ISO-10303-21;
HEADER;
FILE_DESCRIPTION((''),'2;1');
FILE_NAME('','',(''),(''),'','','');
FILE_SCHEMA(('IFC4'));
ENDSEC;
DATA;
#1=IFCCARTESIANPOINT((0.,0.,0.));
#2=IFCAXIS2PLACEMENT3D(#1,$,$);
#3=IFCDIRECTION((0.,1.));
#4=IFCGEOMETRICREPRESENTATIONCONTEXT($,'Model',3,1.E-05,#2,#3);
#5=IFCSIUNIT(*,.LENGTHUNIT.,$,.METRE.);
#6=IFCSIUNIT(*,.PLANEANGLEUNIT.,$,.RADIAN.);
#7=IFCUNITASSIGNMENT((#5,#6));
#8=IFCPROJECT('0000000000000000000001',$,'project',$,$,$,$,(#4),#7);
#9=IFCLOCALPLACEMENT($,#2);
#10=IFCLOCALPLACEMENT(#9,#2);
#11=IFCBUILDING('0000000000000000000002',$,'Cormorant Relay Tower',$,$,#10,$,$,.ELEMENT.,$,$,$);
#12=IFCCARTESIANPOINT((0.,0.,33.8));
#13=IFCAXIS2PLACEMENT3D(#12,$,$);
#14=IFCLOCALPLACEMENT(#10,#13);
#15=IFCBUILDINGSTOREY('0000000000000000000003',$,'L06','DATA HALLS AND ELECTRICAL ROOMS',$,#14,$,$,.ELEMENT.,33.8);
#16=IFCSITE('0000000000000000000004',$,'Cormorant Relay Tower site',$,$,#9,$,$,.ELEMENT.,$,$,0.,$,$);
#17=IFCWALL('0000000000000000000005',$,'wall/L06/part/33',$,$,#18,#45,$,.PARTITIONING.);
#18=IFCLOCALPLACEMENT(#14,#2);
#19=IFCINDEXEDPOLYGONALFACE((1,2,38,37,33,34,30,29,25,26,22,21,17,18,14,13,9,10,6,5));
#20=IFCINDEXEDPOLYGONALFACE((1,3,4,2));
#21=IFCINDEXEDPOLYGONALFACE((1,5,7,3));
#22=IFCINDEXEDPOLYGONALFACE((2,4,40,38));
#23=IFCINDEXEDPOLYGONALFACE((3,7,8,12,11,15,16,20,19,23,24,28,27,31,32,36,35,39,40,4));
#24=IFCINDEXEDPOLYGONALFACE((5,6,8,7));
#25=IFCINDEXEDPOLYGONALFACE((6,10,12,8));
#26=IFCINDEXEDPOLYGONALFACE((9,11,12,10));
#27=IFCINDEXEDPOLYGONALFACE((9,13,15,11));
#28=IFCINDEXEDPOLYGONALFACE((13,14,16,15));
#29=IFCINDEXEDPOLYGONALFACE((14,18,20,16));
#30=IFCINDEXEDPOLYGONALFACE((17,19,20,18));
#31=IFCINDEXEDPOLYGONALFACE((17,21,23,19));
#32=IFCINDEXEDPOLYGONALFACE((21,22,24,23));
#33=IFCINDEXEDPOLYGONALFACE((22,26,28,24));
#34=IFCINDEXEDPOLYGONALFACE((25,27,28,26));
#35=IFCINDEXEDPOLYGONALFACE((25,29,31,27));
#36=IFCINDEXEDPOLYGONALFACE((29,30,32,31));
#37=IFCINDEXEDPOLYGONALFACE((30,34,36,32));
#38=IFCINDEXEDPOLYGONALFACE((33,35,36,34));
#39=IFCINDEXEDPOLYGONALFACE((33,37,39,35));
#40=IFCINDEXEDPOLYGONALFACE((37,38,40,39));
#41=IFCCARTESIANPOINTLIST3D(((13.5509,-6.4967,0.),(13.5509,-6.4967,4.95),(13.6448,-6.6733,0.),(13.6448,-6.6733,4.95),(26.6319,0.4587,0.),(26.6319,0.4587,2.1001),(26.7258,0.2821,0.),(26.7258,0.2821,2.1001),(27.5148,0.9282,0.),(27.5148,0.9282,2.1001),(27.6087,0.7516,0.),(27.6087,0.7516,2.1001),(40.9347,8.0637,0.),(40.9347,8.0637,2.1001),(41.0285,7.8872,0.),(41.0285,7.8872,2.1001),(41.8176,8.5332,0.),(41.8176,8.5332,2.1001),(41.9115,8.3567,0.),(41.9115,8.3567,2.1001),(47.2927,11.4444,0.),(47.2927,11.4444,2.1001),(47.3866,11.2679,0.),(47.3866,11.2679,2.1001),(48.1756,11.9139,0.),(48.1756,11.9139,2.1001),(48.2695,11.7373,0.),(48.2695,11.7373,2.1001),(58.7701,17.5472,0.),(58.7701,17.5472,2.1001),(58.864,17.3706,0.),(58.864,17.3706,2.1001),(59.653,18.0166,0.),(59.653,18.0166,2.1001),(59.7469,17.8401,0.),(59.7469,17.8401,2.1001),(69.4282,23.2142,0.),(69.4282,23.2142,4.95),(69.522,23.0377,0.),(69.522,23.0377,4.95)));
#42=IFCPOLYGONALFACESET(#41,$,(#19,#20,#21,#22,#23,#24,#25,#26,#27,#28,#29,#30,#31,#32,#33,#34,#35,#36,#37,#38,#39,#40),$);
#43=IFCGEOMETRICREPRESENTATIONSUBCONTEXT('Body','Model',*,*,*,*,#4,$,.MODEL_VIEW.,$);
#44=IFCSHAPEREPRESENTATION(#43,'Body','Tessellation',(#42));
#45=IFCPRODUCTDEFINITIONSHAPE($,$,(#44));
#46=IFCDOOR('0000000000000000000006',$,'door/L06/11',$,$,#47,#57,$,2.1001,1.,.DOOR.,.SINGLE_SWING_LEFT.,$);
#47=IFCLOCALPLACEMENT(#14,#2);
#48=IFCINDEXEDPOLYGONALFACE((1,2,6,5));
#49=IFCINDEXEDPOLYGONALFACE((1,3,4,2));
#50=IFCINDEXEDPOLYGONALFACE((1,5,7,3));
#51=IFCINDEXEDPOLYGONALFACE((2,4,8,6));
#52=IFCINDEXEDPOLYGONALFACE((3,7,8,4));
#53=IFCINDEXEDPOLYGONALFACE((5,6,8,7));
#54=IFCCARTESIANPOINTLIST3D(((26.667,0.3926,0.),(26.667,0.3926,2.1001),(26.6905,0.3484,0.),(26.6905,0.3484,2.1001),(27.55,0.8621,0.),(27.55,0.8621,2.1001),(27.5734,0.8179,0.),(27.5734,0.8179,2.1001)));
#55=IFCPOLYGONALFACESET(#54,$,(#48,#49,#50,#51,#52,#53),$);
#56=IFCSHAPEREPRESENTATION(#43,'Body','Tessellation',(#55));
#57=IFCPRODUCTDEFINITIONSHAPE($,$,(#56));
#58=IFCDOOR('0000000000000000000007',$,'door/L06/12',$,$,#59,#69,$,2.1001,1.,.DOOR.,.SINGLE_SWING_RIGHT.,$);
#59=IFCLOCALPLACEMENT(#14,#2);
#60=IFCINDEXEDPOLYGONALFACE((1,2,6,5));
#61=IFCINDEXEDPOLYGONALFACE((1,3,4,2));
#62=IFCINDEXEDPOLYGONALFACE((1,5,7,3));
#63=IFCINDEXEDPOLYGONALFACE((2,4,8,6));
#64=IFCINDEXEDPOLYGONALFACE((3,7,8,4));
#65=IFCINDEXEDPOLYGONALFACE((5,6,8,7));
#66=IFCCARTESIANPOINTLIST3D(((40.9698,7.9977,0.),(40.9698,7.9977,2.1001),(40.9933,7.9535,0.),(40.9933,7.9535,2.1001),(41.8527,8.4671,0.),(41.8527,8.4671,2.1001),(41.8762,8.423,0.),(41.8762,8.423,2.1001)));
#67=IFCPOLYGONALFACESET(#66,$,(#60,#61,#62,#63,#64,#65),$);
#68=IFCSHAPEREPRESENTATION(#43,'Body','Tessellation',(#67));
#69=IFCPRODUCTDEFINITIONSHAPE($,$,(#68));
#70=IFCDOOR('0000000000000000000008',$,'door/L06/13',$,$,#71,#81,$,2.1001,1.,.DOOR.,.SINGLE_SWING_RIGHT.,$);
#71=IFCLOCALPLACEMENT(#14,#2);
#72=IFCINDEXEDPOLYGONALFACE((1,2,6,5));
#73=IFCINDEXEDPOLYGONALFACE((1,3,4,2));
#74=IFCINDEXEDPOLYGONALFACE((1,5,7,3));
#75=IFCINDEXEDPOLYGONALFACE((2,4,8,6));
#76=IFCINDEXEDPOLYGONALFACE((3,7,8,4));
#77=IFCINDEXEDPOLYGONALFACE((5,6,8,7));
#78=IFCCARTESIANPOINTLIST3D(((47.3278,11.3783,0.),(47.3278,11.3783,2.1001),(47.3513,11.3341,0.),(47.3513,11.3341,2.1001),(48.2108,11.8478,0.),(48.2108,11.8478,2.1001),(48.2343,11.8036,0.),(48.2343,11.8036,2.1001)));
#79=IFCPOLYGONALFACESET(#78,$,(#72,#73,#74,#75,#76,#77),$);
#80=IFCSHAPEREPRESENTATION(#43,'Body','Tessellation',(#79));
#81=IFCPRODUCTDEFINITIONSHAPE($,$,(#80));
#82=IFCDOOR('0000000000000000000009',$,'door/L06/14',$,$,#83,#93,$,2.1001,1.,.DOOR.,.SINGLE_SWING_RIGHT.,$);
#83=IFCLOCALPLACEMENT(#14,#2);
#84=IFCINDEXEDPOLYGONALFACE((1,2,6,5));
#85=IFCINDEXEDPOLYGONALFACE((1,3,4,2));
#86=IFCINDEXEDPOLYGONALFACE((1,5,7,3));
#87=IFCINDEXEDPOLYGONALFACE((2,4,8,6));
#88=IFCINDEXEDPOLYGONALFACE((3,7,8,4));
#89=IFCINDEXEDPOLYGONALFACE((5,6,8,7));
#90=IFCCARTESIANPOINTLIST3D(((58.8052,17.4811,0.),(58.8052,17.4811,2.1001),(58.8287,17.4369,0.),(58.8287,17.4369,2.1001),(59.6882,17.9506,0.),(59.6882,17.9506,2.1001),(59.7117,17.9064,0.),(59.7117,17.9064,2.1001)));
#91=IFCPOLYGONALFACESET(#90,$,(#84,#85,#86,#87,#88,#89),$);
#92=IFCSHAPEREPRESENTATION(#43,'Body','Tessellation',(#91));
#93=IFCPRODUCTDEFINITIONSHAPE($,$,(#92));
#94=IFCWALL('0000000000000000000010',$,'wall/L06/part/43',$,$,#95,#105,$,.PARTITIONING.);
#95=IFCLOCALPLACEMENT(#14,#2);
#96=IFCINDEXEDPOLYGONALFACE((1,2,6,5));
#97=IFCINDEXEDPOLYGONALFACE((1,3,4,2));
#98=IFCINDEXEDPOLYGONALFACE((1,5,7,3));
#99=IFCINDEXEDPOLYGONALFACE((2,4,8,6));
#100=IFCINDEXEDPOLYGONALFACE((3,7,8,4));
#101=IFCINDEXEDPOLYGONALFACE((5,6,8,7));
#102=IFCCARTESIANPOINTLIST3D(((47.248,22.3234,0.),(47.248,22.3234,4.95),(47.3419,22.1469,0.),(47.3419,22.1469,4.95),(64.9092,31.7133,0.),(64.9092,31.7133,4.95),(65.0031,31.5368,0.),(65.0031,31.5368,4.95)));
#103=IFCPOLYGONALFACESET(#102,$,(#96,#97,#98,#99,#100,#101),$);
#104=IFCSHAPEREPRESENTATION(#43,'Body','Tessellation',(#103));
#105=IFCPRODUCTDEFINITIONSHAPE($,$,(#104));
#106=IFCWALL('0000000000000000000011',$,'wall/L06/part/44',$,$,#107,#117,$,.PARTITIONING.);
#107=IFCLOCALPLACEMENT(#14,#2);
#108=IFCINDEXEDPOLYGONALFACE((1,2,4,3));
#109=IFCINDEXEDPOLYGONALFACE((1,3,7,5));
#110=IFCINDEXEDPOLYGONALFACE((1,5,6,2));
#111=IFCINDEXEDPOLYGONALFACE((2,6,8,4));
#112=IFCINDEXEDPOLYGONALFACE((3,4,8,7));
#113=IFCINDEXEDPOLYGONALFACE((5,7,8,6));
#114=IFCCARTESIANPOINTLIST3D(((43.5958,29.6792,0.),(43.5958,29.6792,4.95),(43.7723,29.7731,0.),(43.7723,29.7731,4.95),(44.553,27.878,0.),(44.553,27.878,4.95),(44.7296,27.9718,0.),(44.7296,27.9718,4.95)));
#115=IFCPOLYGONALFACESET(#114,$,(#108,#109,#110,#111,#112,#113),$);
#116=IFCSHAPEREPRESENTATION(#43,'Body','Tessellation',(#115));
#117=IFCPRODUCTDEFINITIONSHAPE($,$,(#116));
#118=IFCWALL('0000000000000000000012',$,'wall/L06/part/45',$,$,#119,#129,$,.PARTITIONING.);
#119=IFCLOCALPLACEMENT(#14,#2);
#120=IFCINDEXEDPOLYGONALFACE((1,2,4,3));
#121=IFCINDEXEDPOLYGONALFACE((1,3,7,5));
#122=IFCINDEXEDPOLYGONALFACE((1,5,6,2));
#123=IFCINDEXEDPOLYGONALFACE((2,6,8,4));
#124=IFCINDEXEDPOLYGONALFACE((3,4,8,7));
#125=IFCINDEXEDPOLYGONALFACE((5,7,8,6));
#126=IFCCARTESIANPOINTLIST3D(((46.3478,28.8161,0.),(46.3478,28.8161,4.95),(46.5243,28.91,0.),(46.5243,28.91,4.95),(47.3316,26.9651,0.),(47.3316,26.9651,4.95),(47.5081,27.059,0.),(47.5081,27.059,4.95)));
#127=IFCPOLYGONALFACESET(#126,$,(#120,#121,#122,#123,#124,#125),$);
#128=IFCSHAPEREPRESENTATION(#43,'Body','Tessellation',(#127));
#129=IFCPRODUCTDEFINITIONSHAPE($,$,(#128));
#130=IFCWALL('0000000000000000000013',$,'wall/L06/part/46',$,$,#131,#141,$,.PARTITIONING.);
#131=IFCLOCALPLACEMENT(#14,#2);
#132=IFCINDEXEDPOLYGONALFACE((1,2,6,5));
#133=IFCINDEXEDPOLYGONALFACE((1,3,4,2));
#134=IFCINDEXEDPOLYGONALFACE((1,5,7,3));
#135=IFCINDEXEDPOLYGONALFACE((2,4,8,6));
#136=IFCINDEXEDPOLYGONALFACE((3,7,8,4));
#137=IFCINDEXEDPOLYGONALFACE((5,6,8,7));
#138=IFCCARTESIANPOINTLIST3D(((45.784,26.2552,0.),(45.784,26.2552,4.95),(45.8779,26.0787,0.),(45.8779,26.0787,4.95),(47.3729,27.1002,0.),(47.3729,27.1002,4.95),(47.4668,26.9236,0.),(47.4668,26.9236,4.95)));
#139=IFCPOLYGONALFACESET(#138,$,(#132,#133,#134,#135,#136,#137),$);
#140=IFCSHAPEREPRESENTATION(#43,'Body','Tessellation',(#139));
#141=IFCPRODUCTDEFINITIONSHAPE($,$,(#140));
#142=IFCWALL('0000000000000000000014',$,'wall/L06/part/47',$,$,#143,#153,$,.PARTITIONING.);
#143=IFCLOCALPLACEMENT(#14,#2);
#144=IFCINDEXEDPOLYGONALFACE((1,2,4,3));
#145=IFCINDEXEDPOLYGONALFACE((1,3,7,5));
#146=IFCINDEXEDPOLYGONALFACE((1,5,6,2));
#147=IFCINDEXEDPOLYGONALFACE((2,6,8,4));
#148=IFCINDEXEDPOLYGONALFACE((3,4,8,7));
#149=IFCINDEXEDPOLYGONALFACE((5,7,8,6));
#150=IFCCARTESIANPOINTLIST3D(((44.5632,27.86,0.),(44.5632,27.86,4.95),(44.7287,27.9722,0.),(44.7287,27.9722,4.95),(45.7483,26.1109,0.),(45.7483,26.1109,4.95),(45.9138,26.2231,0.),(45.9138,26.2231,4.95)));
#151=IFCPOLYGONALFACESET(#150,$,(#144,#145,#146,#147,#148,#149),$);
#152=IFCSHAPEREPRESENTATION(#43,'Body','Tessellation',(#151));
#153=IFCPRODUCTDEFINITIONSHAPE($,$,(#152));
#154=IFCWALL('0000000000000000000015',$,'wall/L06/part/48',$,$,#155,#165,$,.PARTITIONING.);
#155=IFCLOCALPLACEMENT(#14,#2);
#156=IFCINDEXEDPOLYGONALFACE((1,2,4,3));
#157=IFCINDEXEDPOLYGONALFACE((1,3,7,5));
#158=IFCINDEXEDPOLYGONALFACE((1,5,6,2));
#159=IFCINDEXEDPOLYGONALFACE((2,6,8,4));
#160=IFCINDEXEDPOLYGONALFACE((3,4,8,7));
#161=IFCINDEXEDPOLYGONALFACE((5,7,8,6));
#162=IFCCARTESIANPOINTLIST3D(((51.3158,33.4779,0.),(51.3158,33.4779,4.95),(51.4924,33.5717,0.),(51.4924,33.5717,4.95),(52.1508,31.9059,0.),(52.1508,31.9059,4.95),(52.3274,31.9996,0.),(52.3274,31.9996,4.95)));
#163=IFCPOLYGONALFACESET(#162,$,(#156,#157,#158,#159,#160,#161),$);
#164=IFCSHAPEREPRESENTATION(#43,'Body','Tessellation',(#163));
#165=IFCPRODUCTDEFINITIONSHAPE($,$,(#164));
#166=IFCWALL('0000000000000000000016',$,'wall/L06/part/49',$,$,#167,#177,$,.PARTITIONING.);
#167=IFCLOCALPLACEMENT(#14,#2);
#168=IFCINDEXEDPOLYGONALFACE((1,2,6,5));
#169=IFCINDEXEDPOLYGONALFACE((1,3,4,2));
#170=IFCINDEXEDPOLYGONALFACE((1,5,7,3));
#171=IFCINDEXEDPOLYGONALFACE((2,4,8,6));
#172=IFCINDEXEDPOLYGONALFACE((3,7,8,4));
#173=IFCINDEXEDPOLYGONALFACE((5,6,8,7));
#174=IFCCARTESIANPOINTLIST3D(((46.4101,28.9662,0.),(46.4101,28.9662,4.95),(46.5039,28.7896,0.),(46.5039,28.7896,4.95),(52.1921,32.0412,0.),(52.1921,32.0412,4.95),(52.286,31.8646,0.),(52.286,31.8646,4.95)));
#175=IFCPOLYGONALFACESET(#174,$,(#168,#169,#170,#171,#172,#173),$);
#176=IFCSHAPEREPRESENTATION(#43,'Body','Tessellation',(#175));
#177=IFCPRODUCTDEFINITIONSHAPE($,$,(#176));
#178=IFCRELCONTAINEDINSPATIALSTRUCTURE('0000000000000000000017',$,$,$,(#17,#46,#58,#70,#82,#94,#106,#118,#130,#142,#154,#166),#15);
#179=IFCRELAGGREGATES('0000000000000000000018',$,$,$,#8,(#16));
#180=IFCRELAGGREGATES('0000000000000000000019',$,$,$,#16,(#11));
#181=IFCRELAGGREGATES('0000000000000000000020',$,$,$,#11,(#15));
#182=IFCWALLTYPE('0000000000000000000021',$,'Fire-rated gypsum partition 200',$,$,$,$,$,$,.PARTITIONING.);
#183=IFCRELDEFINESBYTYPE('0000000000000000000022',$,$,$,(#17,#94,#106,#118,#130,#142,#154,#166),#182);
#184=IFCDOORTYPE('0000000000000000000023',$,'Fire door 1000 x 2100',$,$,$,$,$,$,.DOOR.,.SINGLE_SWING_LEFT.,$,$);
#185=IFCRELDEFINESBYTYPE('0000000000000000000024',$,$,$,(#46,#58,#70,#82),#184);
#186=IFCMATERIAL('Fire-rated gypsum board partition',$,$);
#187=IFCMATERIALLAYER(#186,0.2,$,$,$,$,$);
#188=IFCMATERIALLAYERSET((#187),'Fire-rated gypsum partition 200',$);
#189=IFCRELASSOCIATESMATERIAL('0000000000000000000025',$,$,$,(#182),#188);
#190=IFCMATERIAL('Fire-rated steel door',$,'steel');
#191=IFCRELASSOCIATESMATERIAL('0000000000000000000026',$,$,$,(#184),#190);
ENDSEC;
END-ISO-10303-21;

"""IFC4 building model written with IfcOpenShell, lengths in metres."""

from ifc_helpers import new_model, si_unit, direction, frame, frame_2d, origin, place, context, subcontext, project, spatial, rectangle, extrude, material, layer, layer_set, type_object, element, fill, save


model = new_model("IFC4")

# Units and contexts
model_context = context("Model", 3, precision=1e-05, world=origin(), true_north=direction((0.0, 1.0)))
body_context = subcontext(model_context, "Body", "Model", "MODEL_VIEW")
ifc_project = project(units=[si_unit("LENGTHUNIT", "METRE"), si_unit("PLANEANGLEUNIT", "RADIAN")], contexts=[model_context])

# Site, building, storey
site_placement = place(None, origin())
site = spatial("IfcSite", under=ifc_project, at=site_placement, Name="Cormorant Relay Tower site", CompositionType="ELEMENT", RefElevation=0.0)
building_placement = place(site_placement, origin())
building = spatial("IfcBuilding", under=site, at=building_placement, Name="Cormorant Relay Tower", CompositionType="ELEMENT")
storey_placement = place(building_placement, frame((0.0, 0.0, 33.8)))
storey = spatial("IfcBuildingStorey", under=building, at=storey_placement, Name="L06", Description="DATA HALLS AND ELECTRICAL ROOMS", CompositionType="ELEMENT", Elevation=33.8)

# Wall, openings, doors
ifc_material_1 = material(Name="Fire-rated gypsum board partition")
ifc_layer_1 = layer(ifc_material_1, 0.2)
ifc_layer_set_1 = layer_set([ifc_layer_1], Name="Fire-rated gypsum partition 200")
wall_type_1 = type_object("IfcWallType", Name="Fire-rated gypsum partition 200", PredefinedType="PARTITIONING", material=ifc_layer_set_1)
wall_1_placement = place(storey_placement, frame((69.4751, 23.126, 0.0), z_axis=(0.0, 0.0, 1.0), x_axis=(-0.882944, -0.469478, 0.0)))
wall_1 = element("IfcWall", 1, at=wall_1_placement, inside=storey, type_object=wall_type_1, Name="wall/L06/part/33", PredefinedType="PARTITIONING", context=body_context, shape_type="SweptSolid", body=[
    extrude(rectangle(XDim=63.2852, YDim=0.2, at=frame_2d((31.6426, 0.0))), origin(), (0.0, 0.0, 1.0), 4.95),
])
opening_1_placement = place(wall_1_placement, frame((47.47, 0.0, 0.0)))
opening_1 = element("IfcOpeningElement", 2, at=opening_1_placement, cuts=wall_1, PredefinedType="OPENING", context=body_context, shape_type="SweptSolid", body=[
    extrude(rectangle(XDim=1.0, YDim=2.1001, at=frame_2d((0.5, 1.05))), frame((0.0, 0.1099, 0.0), z_axis=(0.0, -1.0, 0.0), x_axis=(1.0, 0.0, 0.0)), (0.0, 0.0, 1.0), 0.22),
])
opening_2_placement = place(wall_1_placement, frame((31.271, 0.0, 0.0)))
opening_2 = element("IfcOpeningElement", 3, at=opening_2_placement, cuts=wall_1, PredefinedType="OPENING", context=body_context, shape_type="SweptSolid", body=[
    extrude(rectangle(XDim=1.0, YDim=2.1001, at=frame_2d((0.5, 1.05))), frame((0.0, 0.1099, 0.0), z_axis=(0.0, -1.0, 0.0), x_axis=(1.0, 0.0, 0.0)), (0.0, 0.0, 1.0), 0.22),
])
opening_3_placement = place(wall_1_placement, frame((24.0701, 0.0, 0.0)))
opening_3 = element("IfcOpeningElement", 4, at=opening_3_placement, cuts=wall_1, PredefinedType="OPENING", context=body_context, shape_type="SweptSolid", body=[
    extrude(rectangle(XDim=1.0, YDim=2.1001, at=frame_2d((0.5, 1.05))), frame((0.0, 0.1099, 0.0), z_axis=(0.0, -1.0, 0.0), x_axis=(1.0, 0.0, 0.0)), (0.0, 0.0, 1.0), 0.22),
])
opening_4_placement = place(wall_1_placement, frame((11.071, 0.0, 0.0)))
opening_4 = element("IfcOpeningElement", 5, at=opening_4_placement, cuts=wall_1, PredefinedType="OPENING", context=body_context, shape_type="SweptSolid", body=[
    extrude(rectangle(XDim=1.0, YDim=2.1001, at=frame_2d((0.5, 1.05))), frame((0.0, 0.1099, 0.0), z_axis=(0.0, -1.0, 0.0), x_axis=(1.0, 0.0, 0.0)), (0.0, 0.0, 1.0), 0.22),
])
ifc_material_2 = material(Name="Fire-rated steel door", Category="steel")
door_type_1 = type_object("IfcDoorType", Name="Fire door 1000 x 2100", OperationType="SINGLE_SWING_LEFT", PredefinedType="DOOR", material=ifc_material_2)
door_1_placement = place(opening_1_placement, origin())
door_1 = element("IfcDoor", 6, at=door_1_placement, inside=storey, type_object=door_type_1, Name="door/L06/11", OperationType="SINGLE_SWING_LEFT", OverallHeight=2.1001, OverallWidth=1.0, PredefinedType="DOOR", context=body_context, shape_type="SweptSolid", body=[
    extrude(rectangle(XDim=1.0, YDim=2.1001, at=frame_2d((0.5, 1.05))), frame((0.0, 0.0249, 0.0), z_axis=(0.0, -1.0, 0.0), x_axis=(1.0, 0.0, 0.0)), (0.0, 0.0, 1.0), 0.05),
])
fill(opening_1, door_1)
door_2_placement = place(opening_2_placement, origin())
door_2 = element("IfcDoor", 7, at=door_2_placement, inside=storey, type_object=door_type_1, Name="door/L06/12", OperationType="SINGLE_SWING_RIGHT", OverallHeight=2.1001, OverallWidth=1.0, PredefinedType="DOOR", context=body_context, shape_type="SweptSolid", body=[
    extrude(rectangle(XDim=1.0, YDim=2.1001, at=frame_2d((0.5, 1.05))), frame((0.0, 0.0249, 0.0), z_axis=(0.0, -1.0, 0.0), x_axis=(1.0, 0.0, 0.0)), (0.0, 0.0, 1.0), 0.05),
])
fill(opening_2, door_2)
door_3_placement = place(opening_3_placement, origin())
door_3 = element("IfcDoor", 8, at=door_3_placement, inside=storey, type_object=door_type_1, Name="door/L06/13", OperationType="SINGLE_SWING_RIGHT", OverallHeight=2.1001, OverallWidth=1.0, PredefinedType="DOOR", context=body_context, shape_type="SweptSolid", body=[
    extrude(rectangle(XDim=1.0, YDim=2.1001, at=frame_2d((0.5, 1.05))), frame((0.0, 0.0249, 0.0), z_axis=(0.0, -1.0, 0.0), x_axis=(1.0, 0.0, 0.0)), (0.0, 0.0, 1.0), 0.05),
])
fill(opening_3, door_3)
door_4_placement = place(opening_4_placement, origin())
door_4 = element("IfcDoor", 9, at=door_4_placement, inside=storey, type_object=door_type_1, Name="door/L06/14", OperationType="SINGLE_SWING_RIGHT", OverallHeight=2.1001, OverallWidth=1.0, PredefinedType="DOOR", context=body_context, shape_type="SweptSolid", body=[
    extrude(rectangle(XDim=1.0, YDim=2.1001, at=frame_2d((0.5, 1.05))), frame((0.0, 0.0249, 0.0), z_axis=(0.0, -1.0, 0.0), x_axis=(1.0, 0.0, 0.0)), (0.0, 0.0, 1.0), 0.05),
])
fill(opening_4, door_4)

# Walls
wall_2_placement = place(storey_placement, frame((64.9561, 31.625, 0.0), z_axis=(0.0, 0.0, 1.0), x_axis=(-0.882962, -0.469444, 0.0)))
element("IfcWall", 10, at=wall_2_placement, inside=storey, type_object=wall_type_1, Name="wall/L06/part/43", PredefinedType="PARTITIONING", context=body_context, shape_type="SweptSolid", body=[
    extrude(rectangle(XDim=20.0022, YDim=0.2, at=frame_2d((10.001, 0.0))), origin(), (0.0, 0.0, 1.0), 4.95),
])
wall_3_placement = place(storey_placement, frame((44.6414, 27.9248, 0.0), z_axis=(0.0, 0.0, 1.0), x_axis=(-0.469289, 0.883044, 0.0)))
element("IfcWall", 11, at=wall_3_placement, inside=storey, type_object=wall_type_1, Name="wall/L06/part/44", PredefinedType="PARTITIONING", context=body_context, shape_type="SweptSolid", body=[
    extrude(rectangle(XDim=2.0398, YDim=0.2, at=frame_2d((1.02, 0.0))), origin(), (0.0, 0.0, 1.0), 4.95),
])
wall_4_placement = place(storey_placement, frame((46.436, 28.863, 0.0), z_axis=(0.0, 0.0, 1.0), x_axis=(0.469343, -0.883016, 0.0)))
element("IfcWall", 12, at=wall_4_placement, inside=storey, type_object=wall_type_1, Name="wall/L06/part/45", PredefinedType="PARTITIONING", context=body_context, shape_type="SweptSolid", body=[
    extrude(rectangle(XDim=2.0962, YDim=0.2, at=frame_2d((1.0481, 0.0))), origin(), (0.0, 0.0, 1.0), 4.95),
])
wall_5_placement = place(storey_placement, frame((47.4199, 27.012, 0.0), z_axis=(0.0, 0.0, 1.0), x_axis=(-0.882912, -0.469539, 0.0)))
element("IfcWall", 13, at=wall_5_placement, inside=storey, type_object=wall_type_1, Name="wall/L06/part/46", PredefinedType="PARTITIONING", context=body_context, shape_type="SweptSolid", body=[
    extrude(rectangle(XDim=1.7996, YDim=0.2, at=frame_2d((0.8999, 0.0))), origin(), (0.0, 0.0, 1.0), 4.95),
])
wall_6_placement = place(storey_placement, frame((45.8311, 26.167, 0.0), z_axis=(0.0, 0.0, 1.0), x_axis=(-0.560925, 0.827867, 0.0)))
element("IfcWall", 14, at=wall_6_placement, inside=storey, type_object=wall_type_1, Name="wall/L06/part/47", PredefinedType="PARTITIONING", context=body_context, shape_type="SweptSolid", body=[
    extrude(rectangle(XDim=2.1128, YDim=0.2, at=frame_2d((1.0564, 0.0))), origin(), (0.0, 0.0, 1.0), 4.95),
])
wall_7_placement = place(storey_placement, frame((51.4041, 33.5249, 0.0), z_axis=(0.0, 0.0, 1.0), x_axis=(0.469078, -0.883157, 0.0)))
element("IfcWall", 15, at=wall_7_placement, inside=storey, type_object=wall_type_1, Name="wall/L06/part/48", PredefinedType="PARTITIONING", context=body_context, shape_type="SweptSolid", body=[
    extrude(rectangle(XDim=1.78, YDim=0.2, at=frame_2d((0.8901, 0.0))), origin(), (0.0, 0.0, 1.0), 4.95),
])
wall_8_placement = place(storey_placement, frame((52.239, 31.9529, 0.0), z_axis=(0.0, 0.0, 1.0), x_axis=(-0.882909, -0.469545, 0.0)))
element("IfcWall", 16, at=wall_8_placement, inside=storey, type_object=wall_type_1, Name="wall/L06/part/49", PredefinedType="PARTITIONING", context=body_context, shape_type="SweptSolid", body=[
    extrude(rectangle(XDim=6.5488, YDim=0.2, at=frame_2d((3.2744, 0.0))), origin(), (0.0, 0.0, 1.0), 4.95),
])

save(model, "model.ifc")
